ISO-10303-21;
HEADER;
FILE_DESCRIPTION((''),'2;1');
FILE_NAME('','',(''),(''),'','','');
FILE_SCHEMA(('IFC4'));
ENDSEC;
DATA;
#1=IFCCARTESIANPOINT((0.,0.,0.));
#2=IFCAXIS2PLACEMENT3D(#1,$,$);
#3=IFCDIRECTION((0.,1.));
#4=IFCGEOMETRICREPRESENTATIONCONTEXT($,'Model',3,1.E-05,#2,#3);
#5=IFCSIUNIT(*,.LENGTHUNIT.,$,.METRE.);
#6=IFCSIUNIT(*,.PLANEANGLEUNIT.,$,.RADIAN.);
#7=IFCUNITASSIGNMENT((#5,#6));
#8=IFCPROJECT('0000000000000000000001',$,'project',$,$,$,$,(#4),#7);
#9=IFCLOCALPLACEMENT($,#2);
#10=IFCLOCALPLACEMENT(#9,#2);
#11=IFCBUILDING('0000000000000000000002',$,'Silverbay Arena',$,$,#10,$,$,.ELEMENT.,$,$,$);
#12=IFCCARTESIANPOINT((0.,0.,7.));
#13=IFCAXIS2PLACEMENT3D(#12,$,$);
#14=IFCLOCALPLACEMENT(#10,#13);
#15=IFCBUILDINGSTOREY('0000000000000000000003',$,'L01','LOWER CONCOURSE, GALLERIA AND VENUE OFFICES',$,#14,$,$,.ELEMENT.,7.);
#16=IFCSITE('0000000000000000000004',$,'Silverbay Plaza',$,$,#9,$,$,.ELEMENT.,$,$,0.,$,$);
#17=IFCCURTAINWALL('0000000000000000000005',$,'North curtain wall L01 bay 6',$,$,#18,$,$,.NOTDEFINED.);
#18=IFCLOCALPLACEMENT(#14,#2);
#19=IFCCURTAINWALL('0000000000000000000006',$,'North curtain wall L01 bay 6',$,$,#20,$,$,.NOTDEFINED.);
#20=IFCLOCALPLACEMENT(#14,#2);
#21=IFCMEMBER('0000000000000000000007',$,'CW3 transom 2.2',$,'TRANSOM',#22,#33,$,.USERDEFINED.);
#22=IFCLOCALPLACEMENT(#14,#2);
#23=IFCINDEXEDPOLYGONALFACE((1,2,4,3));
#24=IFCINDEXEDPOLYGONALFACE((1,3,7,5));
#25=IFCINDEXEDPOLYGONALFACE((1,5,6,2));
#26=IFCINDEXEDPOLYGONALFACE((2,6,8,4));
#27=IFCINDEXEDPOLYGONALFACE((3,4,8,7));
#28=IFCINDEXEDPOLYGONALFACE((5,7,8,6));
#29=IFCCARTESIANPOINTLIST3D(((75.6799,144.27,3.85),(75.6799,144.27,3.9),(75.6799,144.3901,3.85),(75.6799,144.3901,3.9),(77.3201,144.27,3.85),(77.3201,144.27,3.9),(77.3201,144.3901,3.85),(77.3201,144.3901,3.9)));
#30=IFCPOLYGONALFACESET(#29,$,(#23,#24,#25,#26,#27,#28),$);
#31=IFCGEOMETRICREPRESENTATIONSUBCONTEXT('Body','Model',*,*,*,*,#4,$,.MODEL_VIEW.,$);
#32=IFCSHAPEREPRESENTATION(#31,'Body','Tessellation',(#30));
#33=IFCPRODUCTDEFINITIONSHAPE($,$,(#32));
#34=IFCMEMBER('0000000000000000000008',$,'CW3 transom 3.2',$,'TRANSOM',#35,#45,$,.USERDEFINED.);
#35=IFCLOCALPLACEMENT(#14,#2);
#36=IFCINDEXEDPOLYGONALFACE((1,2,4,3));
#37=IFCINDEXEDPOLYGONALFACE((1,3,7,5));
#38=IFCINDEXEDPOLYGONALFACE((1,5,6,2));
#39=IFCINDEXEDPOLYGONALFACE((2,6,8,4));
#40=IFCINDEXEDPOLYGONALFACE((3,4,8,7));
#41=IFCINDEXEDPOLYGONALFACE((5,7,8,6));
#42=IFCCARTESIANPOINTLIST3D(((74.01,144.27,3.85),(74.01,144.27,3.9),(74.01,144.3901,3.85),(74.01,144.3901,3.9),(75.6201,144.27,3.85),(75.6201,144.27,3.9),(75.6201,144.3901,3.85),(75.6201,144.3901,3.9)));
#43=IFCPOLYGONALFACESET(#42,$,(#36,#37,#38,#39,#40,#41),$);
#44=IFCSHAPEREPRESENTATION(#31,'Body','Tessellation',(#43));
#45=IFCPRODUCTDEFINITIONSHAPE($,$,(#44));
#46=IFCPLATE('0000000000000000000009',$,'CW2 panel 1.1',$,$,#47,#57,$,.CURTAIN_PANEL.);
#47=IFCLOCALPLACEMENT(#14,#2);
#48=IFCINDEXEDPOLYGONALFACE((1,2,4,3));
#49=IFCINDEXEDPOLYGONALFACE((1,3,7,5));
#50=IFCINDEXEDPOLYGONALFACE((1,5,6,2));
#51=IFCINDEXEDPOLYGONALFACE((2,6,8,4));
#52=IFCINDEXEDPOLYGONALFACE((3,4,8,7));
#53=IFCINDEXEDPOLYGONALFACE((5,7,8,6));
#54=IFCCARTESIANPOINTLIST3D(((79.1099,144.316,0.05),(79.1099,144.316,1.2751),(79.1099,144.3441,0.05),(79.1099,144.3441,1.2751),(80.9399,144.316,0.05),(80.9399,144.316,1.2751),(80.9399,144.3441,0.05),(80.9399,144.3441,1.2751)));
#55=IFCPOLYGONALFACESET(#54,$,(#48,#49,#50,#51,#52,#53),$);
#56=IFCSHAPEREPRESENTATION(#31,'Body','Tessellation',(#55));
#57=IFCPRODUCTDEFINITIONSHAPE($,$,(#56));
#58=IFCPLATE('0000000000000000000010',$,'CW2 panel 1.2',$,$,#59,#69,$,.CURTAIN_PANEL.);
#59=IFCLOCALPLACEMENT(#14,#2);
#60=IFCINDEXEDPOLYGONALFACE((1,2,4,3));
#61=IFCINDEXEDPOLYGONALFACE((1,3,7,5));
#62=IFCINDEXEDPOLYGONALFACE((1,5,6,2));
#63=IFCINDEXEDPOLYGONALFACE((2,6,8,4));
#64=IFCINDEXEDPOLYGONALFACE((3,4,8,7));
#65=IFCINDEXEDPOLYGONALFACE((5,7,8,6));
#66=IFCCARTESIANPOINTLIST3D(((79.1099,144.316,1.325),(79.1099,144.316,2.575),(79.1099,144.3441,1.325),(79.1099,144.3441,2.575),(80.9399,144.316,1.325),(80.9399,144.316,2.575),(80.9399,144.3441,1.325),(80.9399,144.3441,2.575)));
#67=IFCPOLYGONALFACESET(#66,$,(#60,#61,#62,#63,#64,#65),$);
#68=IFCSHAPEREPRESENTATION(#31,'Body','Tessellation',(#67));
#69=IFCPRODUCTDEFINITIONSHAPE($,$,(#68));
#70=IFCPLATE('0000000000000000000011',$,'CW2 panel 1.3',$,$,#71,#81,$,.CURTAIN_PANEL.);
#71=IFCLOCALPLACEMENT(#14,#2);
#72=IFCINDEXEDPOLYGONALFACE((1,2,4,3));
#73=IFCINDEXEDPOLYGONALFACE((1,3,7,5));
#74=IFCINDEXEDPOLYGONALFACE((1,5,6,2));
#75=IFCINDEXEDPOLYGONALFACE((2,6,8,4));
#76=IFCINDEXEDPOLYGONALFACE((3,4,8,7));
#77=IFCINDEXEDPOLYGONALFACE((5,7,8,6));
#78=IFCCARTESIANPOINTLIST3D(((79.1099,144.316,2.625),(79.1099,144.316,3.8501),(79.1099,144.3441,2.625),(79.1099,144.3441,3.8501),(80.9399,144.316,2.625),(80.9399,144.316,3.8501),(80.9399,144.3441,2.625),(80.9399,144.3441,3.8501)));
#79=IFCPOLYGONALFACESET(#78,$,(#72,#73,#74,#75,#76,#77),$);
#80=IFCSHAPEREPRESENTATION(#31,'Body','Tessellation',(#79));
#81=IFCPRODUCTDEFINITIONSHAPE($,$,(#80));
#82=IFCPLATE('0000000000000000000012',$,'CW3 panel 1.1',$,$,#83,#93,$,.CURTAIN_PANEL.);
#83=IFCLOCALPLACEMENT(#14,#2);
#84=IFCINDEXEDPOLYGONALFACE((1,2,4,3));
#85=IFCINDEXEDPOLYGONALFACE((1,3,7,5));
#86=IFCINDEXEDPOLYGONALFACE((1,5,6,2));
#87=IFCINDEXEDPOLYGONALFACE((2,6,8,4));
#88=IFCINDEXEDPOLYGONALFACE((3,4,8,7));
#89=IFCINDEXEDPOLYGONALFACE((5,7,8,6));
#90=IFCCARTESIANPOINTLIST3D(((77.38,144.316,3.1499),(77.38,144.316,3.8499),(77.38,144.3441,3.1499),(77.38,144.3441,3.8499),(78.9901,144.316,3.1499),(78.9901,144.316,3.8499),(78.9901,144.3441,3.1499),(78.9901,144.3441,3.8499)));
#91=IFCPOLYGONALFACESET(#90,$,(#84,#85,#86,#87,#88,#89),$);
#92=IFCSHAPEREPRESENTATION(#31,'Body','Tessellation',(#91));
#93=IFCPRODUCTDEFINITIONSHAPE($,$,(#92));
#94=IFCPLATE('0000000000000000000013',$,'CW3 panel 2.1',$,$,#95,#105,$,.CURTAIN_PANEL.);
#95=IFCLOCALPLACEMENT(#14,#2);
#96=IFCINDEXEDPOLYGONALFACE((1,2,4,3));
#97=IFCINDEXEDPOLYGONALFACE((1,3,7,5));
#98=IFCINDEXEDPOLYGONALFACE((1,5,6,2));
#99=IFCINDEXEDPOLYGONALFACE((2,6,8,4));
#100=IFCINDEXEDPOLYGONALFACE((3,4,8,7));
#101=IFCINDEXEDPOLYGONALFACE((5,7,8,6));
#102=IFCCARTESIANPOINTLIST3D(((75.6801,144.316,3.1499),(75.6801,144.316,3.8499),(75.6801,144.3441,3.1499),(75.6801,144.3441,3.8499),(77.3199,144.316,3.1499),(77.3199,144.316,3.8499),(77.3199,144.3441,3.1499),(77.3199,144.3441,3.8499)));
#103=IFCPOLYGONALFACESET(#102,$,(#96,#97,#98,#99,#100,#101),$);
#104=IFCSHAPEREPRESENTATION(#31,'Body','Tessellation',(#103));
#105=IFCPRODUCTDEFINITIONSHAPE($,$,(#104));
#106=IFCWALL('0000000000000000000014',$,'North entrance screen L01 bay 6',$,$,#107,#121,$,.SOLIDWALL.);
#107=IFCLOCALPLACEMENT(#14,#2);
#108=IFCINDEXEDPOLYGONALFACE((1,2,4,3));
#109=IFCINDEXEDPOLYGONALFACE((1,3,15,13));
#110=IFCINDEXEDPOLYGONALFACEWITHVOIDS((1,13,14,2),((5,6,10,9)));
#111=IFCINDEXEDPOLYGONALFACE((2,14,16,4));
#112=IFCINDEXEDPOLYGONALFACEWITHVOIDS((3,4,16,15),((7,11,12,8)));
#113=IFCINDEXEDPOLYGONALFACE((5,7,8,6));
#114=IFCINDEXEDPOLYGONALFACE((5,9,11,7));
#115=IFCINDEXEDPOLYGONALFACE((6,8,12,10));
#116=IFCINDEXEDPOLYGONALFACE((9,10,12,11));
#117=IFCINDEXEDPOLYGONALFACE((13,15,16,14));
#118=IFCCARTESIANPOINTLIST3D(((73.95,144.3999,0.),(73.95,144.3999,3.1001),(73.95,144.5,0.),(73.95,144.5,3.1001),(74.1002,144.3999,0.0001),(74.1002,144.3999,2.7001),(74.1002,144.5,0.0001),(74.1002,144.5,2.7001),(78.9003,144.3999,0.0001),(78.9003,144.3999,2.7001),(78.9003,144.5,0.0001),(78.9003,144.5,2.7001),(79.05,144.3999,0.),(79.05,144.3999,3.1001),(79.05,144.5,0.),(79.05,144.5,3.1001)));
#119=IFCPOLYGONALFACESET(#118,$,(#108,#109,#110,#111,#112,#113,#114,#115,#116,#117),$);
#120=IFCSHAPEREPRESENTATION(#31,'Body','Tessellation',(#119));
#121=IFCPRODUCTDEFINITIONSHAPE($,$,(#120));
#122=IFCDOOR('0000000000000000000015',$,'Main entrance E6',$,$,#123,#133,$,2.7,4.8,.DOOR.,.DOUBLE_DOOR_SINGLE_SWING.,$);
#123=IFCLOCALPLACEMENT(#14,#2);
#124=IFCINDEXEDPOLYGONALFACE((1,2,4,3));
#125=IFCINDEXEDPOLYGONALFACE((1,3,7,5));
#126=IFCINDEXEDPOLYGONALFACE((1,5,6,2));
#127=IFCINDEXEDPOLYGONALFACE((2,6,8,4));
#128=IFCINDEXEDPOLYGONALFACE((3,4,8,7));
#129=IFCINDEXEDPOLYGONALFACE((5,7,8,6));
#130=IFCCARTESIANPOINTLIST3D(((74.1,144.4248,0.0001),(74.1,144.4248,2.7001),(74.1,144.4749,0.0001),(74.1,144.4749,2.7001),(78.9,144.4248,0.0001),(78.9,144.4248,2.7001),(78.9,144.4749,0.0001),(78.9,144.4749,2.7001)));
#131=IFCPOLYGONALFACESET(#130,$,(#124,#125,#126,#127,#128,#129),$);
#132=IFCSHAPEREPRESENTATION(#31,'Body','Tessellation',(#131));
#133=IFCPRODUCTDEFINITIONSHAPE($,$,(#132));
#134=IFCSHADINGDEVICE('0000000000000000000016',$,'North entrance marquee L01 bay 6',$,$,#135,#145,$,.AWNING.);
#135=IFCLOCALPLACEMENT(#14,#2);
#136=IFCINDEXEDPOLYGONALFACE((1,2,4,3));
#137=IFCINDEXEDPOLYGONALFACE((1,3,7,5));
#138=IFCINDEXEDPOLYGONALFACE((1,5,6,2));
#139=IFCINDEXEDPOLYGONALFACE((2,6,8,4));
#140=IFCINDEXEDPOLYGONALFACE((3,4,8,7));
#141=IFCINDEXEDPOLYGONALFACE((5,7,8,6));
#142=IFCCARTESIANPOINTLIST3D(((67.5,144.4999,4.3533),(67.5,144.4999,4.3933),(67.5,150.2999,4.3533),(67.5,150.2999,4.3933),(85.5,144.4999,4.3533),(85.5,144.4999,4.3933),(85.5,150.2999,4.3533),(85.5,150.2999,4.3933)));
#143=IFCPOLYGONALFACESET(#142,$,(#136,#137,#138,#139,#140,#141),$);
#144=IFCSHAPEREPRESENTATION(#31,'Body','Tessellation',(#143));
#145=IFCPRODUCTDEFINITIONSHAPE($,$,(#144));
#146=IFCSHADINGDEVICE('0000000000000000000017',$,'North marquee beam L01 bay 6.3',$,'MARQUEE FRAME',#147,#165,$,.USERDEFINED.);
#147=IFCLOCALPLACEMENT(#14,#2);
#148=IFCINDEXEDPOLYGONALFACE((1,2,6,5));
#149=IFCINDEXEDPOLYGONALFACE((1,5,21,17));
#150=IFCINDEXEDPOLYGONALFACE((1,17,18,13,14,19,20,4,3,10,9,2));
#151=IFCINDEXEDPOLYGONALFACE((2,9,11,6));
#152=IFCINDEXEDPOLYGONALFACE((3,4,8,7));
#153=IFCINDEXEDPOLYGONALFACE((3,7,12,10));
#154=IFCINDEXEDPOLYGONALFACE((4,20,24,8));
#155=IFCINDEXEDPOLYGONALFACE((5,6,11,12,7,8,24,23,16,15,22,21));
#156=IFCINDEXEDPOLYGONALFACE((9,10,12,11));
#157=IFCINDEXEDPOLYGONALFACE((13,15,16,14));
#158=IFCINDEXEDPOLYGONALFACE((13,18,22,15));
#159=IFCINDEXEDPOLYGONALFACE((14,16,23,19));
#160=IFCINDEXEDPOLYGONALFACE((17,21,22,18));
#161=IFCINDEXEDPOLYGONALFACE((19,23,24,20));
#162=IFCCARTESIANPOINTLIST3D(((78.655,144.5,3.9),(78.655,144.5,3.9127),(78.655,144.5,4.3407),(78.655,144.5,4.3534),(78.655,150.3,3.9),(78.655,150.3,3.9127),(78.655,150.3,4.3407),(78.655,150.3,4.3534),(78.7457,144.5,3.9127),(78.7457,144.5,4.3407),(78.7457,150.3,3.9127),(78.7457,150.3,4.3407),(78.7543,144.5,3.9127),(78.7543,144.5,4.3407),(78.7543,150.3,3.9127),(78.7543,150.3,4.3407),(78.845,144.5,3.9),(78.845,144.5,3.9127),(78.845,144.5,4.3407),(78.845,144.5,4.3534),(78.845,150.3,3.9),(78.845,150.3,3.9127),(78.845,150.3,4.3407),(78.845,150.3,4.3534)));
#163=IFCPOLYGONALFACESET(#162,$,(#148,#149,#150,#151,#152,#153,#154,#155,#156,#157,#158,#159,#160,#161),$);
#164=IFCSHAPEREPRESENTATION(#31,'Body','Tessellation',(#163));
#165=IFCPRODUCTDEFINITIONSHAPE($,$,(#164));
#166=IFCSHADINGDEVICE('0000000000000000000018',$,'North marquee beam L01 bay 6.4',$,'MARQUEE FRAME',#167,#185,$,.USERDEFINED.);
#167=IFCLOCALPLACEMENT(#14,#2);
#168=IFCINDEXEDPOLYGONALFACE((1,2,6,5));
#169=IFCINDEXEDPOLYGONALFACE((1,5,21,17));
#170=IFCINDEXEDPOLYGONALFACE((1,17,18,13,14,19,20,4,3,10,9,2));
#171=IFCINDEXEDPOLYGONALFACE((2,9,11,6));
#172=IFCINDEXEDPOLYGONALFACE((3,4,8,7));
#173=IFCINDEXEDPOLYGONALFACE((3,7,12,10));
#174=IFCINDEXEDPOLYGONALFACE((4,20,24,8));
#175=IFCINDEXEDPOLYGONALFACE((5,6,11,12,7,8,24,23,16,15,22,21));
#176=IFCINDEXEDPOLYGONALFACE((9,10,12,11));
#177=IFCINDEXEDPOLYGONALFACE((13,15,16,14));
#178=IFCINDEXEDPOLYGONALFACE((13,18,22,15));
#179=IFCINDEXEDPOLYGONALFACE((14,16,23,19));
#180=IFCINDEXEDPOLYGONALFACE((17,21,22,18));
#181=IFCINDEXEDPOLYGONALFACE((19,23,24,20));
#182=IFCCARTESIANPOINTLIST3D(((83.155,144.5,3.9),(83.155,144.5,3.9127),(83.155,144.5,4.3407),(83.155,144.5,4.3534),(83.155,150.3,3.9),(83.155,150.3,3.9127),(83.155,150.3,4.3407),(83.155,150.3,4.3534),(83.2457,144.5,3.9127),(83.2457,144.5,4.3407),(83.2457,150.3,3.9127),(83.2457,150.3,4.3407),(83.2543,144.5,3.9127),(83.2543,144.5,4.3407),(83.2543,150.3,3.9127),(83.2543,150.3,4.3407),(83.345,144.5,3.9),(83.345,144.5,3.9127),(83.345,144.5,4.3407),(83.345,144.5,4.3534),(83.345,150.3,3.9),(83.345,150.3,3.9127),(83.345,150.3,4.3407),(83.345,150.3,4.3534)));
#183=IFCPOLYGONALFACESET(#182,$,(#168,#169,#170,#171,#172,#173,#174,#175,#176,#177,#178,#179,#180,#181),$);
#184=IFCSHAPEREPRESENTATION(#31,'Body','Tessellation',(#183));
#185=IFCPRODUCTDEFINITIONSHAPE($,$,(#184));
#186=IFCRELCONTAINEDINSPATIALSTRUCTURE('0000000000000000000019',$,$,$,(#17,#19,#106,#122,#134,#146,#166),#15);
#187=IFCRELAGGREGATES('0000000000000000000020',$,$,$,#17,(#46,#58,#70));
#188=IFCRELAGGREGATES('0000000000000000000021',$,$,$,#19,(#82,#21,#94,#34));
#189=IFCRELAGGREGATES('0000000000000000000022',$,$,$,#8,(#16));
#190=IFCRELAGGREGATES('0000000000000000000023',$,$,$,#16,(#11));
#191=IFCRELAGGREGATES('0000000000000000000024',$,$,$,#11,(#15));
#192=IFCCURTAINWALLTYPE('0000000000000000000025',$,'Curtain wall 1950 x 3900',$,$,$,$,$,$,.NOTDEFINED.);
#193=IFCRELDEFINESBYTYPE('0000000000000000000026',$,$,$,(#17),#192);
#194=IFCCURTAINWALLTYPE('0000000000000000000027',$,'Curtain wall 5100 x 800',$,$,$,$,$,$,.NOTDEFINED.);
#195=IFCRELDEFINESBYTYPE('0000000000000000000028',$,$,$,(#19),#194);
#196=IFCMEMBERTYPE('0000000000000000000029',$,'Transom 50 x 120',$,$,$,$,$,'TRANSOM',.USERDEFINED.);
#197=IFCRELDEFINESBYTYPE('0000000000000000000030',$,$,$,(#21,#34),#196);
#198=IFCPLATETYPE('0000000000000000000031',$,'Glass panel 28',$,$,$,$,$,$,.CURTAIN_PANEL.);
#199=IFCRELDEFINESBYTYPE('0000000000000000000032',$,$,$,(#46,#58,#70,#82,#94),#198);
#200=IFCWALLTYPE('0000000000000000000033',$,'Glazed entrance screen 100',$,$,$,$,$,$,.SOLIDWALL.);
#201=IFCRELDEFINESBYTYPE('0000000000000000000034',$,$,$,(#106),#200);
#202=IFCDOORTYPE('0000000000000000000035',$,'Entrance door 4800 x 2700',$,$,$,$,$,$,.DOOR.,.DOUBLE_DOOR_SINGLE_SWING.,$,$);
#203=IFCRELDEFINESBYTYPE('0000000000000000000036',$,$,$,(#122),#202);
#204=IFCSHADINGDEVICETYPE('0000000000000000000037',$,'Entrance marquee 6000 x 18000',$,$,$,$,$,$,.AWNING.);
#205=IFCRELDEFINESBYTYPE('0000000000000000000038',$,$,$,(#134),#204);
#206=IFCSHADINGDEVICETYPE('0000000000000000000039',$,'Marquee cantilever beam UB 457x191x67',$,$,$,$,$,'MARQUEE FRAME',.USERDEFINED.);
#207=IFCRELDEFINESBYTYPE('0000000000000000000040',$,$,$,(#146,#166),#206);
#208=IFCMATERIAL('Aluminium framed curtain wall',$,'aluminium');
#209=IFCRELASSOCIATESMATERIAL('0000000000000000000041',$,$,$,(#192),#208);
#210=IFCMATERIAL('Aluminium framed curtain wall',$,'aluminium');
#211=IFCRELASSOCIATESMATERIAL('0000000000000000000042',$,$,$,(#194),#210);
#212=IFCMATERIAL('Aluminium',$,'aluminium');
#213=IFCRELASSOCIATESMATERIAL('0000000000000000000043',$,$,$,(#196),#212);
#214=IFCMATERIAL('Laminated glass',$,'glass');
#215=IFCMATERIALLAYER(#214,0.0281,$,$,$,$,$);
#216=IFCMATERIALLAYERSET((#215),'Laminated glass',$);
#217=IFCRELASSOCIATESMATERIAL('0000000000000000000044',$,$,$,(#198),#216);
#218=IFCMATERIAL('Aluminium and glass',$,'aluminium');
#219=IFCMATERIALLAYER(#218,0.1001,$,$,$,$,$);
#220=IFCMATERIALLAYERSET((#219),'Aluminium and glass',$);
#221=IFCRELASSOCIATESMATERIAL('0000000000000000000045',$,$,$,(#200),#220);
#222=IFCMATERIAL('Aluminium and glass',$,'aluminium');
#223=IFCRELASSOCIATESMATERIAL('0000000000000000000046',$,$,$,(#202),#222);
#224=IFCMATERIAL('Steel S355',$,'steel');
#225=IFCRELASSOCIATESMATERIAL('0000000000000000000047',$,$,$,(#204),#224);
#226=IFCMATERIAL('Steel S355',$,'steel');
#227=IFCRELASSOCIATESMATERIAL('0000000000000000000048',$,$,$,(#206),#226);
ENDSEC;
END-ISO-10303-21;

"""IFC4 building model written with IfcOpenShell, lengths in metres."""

from ifc_helpers import new_model, si_unit, direction, frame, frame_2d, origin, origin_2d, place, context, subcontext, project, spatial, rectangle, i_section, extrude, material, layer, layer_set, material_profile, profile_set, type_object, element, fill, aggregate, save


model = new_model("IFC4")

# Units and contexts
model_context = context("Model", 3, precision=1e-05, world=origin(), true_north=direction((0.0, 1.0)))
body_context = subcontext(model_context, "Body", "Model", "MODEL_VIEW")
ifc_project = project(units=[si_unit("LENGTHUNIT", "METRE"), si_unit("PLANEANGLEUNIT", "RADIAN")], contexts=[model_context])

# Site, building, storey
site_placement = place(None, origin())
site = spatial("IfcSite", under=ifc_project, at=site_placement, Name="Silverbay Plaza", CompositionType="ELEMENT", RefElevation=0.0)
building_placement = place(site_placement, origin())
building = spatial("IfcBuilding", under=site, at=building_placement, Name="Silverbay Arena", CompositionType="ELEMENT")
storey_placement = place(building_placement, frame((0.0, 0.0, 7.0)))
storey = spatial("IfcBuildingStorey", under=building, at=storey_placement, Name="L01", Description="LOWER CONCOURSE, GALLERIA AND VENUE OFFICES", CompositionType="ELEMENT", Elevation=7.0)

# Curtain walls
ifc_material_1 = material(Name="Aluminium framed curtain wall", Category="aluminium")
curtain_wall_type_1 = type_object("IfcCurtainWallType", Name="Curtain wall 1950 x 3900", PredefinedType="NOTDEFINED", material=ifc_material_1)
curtain_wall_1_placement = place(storey_placement, origin())
curtain_wall_1 = element("IfcCurtainWall", 1, at=curtain_wall_1_placement, inside=storey, type_object=curtain_wall_type_1, Name="North curtain wall L01 bay 6", PredefinedType="NOTDEFINED")
ifc_material_2 = material(Name="Aluminium framed curtain wall", Category="aluminium")
curtain_wall_type_2 = type_object("IfcCurtainWallType", Name="Curtain wall 5100 x 800", PredefinedType="NOTDEFINED", material=ifc_material_2)
curtain_wall_2_placement = place(storey_placement, origin())
curtain_wall_2 = element("IfcCurtainWall", 2, at=curtain_wall_2_placement, inside=storey, type_object=curtain_wall_type_2, Name="North curtain wall L01 bay 6", PredefinedType="NOTDEFINED")

# Members
ifc_material_3 = material(Name="Aluminium", Category="aluminium")
ifc_material_profile_1 = material_profile(ifc_material_3, rectangle(XDim=0.1201, YDim=0.05, at=origin_2d()), Name="Transom 50 x 120")
ifc_profile_set_1 = profile_set([ifc_material_profile_1], Name="Aluminium")
member_type_1 = type_object("IfcMemberType", Name="Transom 50 x 120", ElementType="TRANSOM", PredefinedType="USERDEFINED", material=ifc_profile_set_1)
member_1_placement = place(storey_placement, frame((77.3201, 144.3301, 3.875), z_axis=(-1.0, 0.0, 0.0), x_axis=(0.0, -1.0, 0.0)))
member_1 = element("IfcMember", 3, at=member_1_placement, type_object=member_type_1, Name="CW3 transom 2.2", ObjectType="TRANSOM", PredefinedType="USERDEFINED", context=body_context, shape_type="SweptSolid", body=[
    extrude(rectangle(XDim=0.1201, YDim=0.05, at=origin_2d()), origin(), (0.0, 0.0, 1.0), 1.6401),
])
member_2_placement = place(storey_placement, frame((75.6201, 144.3301, 3.875), z_axis=(-1.0, 0.0, 0.0), x_axis=(0.0, -1.0, 0.0)))
member_2 = element("IfcMember", 4, at=member_2_placement, type_object=member_type_1, Name="CW3 transom 3.2", ObjectType="TRANSOM", PredefinedType="USERDEFINED", context=body_context, shape_type="SweptSolid", body=[
    extrude(rectangle(XDim=0.1201, YDim=0.05, at=origin_2d()), origin(), (0.0, 0.0, 1.0), 1.6101),
])

# Plates
ifc_material_4 = material(Name="Laminated glass", Category="glass")
ifc_layer_1 = layer(ifc_material_4, 0.0281)
ifc_layer_set_1 = layer_set([ifc_layer_1], Name="Laminated glass")
plate_type = type_object("IfcPlateType", Name="Glass panel 28", PredefinedType="CURTAIN_PANEL", material=ifc_layer_set_1)
plate_1_placement = place(storey_placement, frame((80.0249, 144.3301, 0.05), z_axis=(0.0, 0.0, 1.0), x_axis=(-1.0, 0.0, 0.0)))
plate_1 = element("IfcPlate", 5, at=plate_1_placement, type_object=plate_type, Name="CW2 panel 1.1", PredefinedType="CURTAIN_PANEL", context=body_context, shape_type="SweptSolid", body=[
    extrude(rectangle(XDim=1.8301, YDim=0.0281, at=origin_2d()), origin(), (0.0, 0.0, 1.0), 1.2251),
])
plate_2_placement = place(storey_placement, frame((80.0249, 144.3301, 1.325), z_axis=(0.0, 0.0, 1.0), x_axis=(-1.0, 0.0, 0.0)))
plate_2 = element("IfcPlate", 6, at=plate_2_placement, type_object=plate_type, Name="CW2 panel 1.2", PredefinedType="CURTAIN_PANEL", context=body_context, shape_type="SweptSolid", body=[
    extrude(rectangle(XDim=1.8301, YDim=0.0281, at=origin_2d()), origin(), (0.0, 0.0, 1.0), 1.25),
])
plate_3_placement = place(storey_placement, frame((80.0249, 144.3301, 2.625), z_axis=(0.0, 0.0, 1.0), x_axis=(-1.0, 0.0, 0.0)))
plate_3 = element("IfcPlate", 7, at=plate_3_placement, type_object=plate_type, Name="CW2 panel 1.3", PredefinedType="CURTAIN_PANEL", context=body_context, shape_type="SweptSolid", body=[
    extrude(rectangle(XDim=1.8301, YDim=0.0281, at=origin_2d()), origin(), (0.0, 0.0, 1.0), 1.2251),
])
aggregate(curtain_wall_1, [plate_1, plate_2, plate_3])
plate_4_placement = place(storey_placement, frame((78.1851, 144.3301, 3.1499), z_axis=(0.0, 0.0, 1.0), x_axis=(-1.0, 0.0, 0.0)))
plate_4 = element("IfcPlate", 8, at=plate_4_placement, type_object=plate_type, Name="CW3 panel 1.1", PredefinedType="CURTAIN_PANEL", context=body_context, shape_type="SweptSolid", body=[
    extrude(rectangle(XDim=1.6101, YDim=0.0281, at=origin_2d()), origin(), (0.0, 0.0, 1.0), 0.7),
])
plate_5_placement = place(storey_placement, frame((76.5, 144.3301, 3.1499), z_axis=(0.0, 0.0, 1.0), x_axis=(-1.0, 0.0, 0.0)))
plate_5 = element("IfcPlate", 9, at=plate_5_placement, type_object=plate_type, Name="CW3 panel 2.1", PredefinedType="CURTAIN_PANEL", context=body_context, shape_type="SweptSolid", body=[
    extrude(rectangle(XDim=1.6399, YDim=0.0281, at=origin_2d()), origin(), (0.0, 0.0, 1.0), 0.7),
])
aggregate(curtain_wall_2, [plate_4, member_1, plate_5, member_2])

# Wall, opening, door
ifc_material_5 = material(Name="Aluminium and glass", Category="aluminium")
ifc_layer_2 = layer(ifc_material_5, 0.1001)
ifc_layer_set_2 = layer_set([ifc_layer_2], Name="Aluminium and glass")
wall_type = type_object("IfcWallType", Name="Glazed entrance screen 100", PredefinedType="SOLIDWALL", material=ifc_layer_set_2)
wall_placement = place(storey_placement, frame((79.05, 144.45, 0.0), z_axis=(0.0, 0.0, 1.0), x_axis=(-1.0, 0.0, 0.0)))
wall = element("IfcWall", 10, at=wall_placement, inside=storey, type_object=wall_type, Name="North entrance screen L01 bay 6", PredefinedType="SOLIDWALL", context=body_context, shape_type="SweptSolid", body=[
    extrude(rectangle(XDim=5.1001, YDim=0.1001, at=frame_2d((2.55, 0.0))), origin(), (0.0, 0.0, 1.0), 3.1001),
])
opening_placement = place(wall_placement, frame((0.1499, 0.0, 0.0)))
opening = element("IfcOpeningElement", 11, at=opening_placement, cuts=wall, PredefinedType="OPENING", context=body_context, shape_type="SweptSolid", body=[
    extrude(rectangle(XDim=4.8, YDim=2.7, at=frame_2d((2.3999, 1.3501))), frame((0.0, 0.0601, 0.0), z_axis=(0.0, -1.0, 0.0), x_axis=(1.0, 0.0, 0.0)), (0.0, 0.0, 1.0), 0.1201),
])
ifc_material_6 = material(Name="Aluminium and glass", Category="aluminium")
door_type = type_object("IfcDoorType", Name="Entrance door 4800 x 2700", OperationType="DOUBLE_DOOR_SINGLE_SWING", PredefinedType="DOOR", material=ifc_material_6)
door_placement = place(opening_placement, frame((4.8, 0.0, 0.0), z_axis=(0.0, 0.0, 1.0), x_axis=(-1.0, 0.0, 0.0)))
door = element("IfcDoor", 12, at=door_placement, inside=storey, type_object=door_type, Name="Main entrance E6", OperationType="DOUBLE_DOOR_SINGLE_SWING", OverallHeight=2.7, OverallWidth=4.8, PredefinedType="DOOR", context=body_context, shape_type="SweptSolid", body=[
    extrude(rectangle(XDim=4.8, YDim=2.7, at=frame_2d((2.3999, 1.3501))), frame((0.0, 0.0249, 0.0), z_axis=(0.0, -1.0, 0.0), x_axis=(1.0, 0.0, 0.0)), (0.0, 0.0, 1.0), 0.05),
])
fill(opening, door)

# Shading devices
ifc_material_7 = material(Name="Steel S355", Category="steel")
shading_device_type_1 = type_object("IfcShadingDeviceType", Name="Entrance marquee 6000 x 18000", PredefinedType="AWNING", material=ifc_material_7)
shading_device_1_placement = place(storey_placement, frame((76.5, 147.3999, 4.3533), z_axis=(0.0, 0.0, 1.0), x_axis=(1.0, 0.0, 0.0)))
element("IfcShadingDevice", 13, at=shading_device_1_placement, inside=storey, type_object=shading_device_type_1, Name="North entrance marquee L01 bay 6", PredefinedType="AWNING", context=body_context, shape_type="SweptSolid", body=[
    extrude(rectangle(XDim=18.0, YDim=5.8, at=origin_2d()), origin(), (0.0, 0.0, 1.0), 0.04),
])
ifc_material_8 = material(Name="Steel S355", Category="steel")
ifc_material_profile_2 = material_profile(ifc_material_8, i_section(OverallWidth=0.1899, OverallDepth=0.4534, WebThickness=0.0085, FlangeThickness=0.0127, at=origin_2d()), Name="UB 457x191x67")
ifc_profile_set_2 = profile_set([ifc_material_profile_2], Name="Steel S355")
shading_device_type_2 = type_object("IfcShadingDeviceType", Name="Marquee cantilever beam UB 457x191x67", ElementType="MARQUEE FRAME", PredefinedType="USERDEFINED", material=ifc_profile_set_2)
for number, where, z_axis, x_axis, name in (
    (14, (78.75, 144.5, 4.1267), (0.0, 1.0, 0.0), (-1.0, 0.0, 0.0), "North marquee beam L01 bay 6.3"),
    (15, (83.25, 144.5, 4.1267), (0.0, 1.0, 0.0), (-1.0, 0.0, 0.0), "North marquee beam L01 bay 6.4"),
):
    element("IfcShadingDevice", number, at=place(storey_placement, frame(where, z_axis=z_axis, x_axis=x_axis)), inside=storey, type_object=shading_device_type_2, Name=name, ObjectType="MARQUEE FRAME", PredefinedType="USERDEFINED", context=body_context, shape_type="SweptSolid", body=[
        extrude(i_section(OverallWidth=0.1899, OverallDepth=0.4534, WebThickness=0.0085, FlangeThickness=0.0127, at=origin_2d()), origin(), (0.0, 0.0, 1.0), 5.8),
    ])

save(model, "model.ifc")
